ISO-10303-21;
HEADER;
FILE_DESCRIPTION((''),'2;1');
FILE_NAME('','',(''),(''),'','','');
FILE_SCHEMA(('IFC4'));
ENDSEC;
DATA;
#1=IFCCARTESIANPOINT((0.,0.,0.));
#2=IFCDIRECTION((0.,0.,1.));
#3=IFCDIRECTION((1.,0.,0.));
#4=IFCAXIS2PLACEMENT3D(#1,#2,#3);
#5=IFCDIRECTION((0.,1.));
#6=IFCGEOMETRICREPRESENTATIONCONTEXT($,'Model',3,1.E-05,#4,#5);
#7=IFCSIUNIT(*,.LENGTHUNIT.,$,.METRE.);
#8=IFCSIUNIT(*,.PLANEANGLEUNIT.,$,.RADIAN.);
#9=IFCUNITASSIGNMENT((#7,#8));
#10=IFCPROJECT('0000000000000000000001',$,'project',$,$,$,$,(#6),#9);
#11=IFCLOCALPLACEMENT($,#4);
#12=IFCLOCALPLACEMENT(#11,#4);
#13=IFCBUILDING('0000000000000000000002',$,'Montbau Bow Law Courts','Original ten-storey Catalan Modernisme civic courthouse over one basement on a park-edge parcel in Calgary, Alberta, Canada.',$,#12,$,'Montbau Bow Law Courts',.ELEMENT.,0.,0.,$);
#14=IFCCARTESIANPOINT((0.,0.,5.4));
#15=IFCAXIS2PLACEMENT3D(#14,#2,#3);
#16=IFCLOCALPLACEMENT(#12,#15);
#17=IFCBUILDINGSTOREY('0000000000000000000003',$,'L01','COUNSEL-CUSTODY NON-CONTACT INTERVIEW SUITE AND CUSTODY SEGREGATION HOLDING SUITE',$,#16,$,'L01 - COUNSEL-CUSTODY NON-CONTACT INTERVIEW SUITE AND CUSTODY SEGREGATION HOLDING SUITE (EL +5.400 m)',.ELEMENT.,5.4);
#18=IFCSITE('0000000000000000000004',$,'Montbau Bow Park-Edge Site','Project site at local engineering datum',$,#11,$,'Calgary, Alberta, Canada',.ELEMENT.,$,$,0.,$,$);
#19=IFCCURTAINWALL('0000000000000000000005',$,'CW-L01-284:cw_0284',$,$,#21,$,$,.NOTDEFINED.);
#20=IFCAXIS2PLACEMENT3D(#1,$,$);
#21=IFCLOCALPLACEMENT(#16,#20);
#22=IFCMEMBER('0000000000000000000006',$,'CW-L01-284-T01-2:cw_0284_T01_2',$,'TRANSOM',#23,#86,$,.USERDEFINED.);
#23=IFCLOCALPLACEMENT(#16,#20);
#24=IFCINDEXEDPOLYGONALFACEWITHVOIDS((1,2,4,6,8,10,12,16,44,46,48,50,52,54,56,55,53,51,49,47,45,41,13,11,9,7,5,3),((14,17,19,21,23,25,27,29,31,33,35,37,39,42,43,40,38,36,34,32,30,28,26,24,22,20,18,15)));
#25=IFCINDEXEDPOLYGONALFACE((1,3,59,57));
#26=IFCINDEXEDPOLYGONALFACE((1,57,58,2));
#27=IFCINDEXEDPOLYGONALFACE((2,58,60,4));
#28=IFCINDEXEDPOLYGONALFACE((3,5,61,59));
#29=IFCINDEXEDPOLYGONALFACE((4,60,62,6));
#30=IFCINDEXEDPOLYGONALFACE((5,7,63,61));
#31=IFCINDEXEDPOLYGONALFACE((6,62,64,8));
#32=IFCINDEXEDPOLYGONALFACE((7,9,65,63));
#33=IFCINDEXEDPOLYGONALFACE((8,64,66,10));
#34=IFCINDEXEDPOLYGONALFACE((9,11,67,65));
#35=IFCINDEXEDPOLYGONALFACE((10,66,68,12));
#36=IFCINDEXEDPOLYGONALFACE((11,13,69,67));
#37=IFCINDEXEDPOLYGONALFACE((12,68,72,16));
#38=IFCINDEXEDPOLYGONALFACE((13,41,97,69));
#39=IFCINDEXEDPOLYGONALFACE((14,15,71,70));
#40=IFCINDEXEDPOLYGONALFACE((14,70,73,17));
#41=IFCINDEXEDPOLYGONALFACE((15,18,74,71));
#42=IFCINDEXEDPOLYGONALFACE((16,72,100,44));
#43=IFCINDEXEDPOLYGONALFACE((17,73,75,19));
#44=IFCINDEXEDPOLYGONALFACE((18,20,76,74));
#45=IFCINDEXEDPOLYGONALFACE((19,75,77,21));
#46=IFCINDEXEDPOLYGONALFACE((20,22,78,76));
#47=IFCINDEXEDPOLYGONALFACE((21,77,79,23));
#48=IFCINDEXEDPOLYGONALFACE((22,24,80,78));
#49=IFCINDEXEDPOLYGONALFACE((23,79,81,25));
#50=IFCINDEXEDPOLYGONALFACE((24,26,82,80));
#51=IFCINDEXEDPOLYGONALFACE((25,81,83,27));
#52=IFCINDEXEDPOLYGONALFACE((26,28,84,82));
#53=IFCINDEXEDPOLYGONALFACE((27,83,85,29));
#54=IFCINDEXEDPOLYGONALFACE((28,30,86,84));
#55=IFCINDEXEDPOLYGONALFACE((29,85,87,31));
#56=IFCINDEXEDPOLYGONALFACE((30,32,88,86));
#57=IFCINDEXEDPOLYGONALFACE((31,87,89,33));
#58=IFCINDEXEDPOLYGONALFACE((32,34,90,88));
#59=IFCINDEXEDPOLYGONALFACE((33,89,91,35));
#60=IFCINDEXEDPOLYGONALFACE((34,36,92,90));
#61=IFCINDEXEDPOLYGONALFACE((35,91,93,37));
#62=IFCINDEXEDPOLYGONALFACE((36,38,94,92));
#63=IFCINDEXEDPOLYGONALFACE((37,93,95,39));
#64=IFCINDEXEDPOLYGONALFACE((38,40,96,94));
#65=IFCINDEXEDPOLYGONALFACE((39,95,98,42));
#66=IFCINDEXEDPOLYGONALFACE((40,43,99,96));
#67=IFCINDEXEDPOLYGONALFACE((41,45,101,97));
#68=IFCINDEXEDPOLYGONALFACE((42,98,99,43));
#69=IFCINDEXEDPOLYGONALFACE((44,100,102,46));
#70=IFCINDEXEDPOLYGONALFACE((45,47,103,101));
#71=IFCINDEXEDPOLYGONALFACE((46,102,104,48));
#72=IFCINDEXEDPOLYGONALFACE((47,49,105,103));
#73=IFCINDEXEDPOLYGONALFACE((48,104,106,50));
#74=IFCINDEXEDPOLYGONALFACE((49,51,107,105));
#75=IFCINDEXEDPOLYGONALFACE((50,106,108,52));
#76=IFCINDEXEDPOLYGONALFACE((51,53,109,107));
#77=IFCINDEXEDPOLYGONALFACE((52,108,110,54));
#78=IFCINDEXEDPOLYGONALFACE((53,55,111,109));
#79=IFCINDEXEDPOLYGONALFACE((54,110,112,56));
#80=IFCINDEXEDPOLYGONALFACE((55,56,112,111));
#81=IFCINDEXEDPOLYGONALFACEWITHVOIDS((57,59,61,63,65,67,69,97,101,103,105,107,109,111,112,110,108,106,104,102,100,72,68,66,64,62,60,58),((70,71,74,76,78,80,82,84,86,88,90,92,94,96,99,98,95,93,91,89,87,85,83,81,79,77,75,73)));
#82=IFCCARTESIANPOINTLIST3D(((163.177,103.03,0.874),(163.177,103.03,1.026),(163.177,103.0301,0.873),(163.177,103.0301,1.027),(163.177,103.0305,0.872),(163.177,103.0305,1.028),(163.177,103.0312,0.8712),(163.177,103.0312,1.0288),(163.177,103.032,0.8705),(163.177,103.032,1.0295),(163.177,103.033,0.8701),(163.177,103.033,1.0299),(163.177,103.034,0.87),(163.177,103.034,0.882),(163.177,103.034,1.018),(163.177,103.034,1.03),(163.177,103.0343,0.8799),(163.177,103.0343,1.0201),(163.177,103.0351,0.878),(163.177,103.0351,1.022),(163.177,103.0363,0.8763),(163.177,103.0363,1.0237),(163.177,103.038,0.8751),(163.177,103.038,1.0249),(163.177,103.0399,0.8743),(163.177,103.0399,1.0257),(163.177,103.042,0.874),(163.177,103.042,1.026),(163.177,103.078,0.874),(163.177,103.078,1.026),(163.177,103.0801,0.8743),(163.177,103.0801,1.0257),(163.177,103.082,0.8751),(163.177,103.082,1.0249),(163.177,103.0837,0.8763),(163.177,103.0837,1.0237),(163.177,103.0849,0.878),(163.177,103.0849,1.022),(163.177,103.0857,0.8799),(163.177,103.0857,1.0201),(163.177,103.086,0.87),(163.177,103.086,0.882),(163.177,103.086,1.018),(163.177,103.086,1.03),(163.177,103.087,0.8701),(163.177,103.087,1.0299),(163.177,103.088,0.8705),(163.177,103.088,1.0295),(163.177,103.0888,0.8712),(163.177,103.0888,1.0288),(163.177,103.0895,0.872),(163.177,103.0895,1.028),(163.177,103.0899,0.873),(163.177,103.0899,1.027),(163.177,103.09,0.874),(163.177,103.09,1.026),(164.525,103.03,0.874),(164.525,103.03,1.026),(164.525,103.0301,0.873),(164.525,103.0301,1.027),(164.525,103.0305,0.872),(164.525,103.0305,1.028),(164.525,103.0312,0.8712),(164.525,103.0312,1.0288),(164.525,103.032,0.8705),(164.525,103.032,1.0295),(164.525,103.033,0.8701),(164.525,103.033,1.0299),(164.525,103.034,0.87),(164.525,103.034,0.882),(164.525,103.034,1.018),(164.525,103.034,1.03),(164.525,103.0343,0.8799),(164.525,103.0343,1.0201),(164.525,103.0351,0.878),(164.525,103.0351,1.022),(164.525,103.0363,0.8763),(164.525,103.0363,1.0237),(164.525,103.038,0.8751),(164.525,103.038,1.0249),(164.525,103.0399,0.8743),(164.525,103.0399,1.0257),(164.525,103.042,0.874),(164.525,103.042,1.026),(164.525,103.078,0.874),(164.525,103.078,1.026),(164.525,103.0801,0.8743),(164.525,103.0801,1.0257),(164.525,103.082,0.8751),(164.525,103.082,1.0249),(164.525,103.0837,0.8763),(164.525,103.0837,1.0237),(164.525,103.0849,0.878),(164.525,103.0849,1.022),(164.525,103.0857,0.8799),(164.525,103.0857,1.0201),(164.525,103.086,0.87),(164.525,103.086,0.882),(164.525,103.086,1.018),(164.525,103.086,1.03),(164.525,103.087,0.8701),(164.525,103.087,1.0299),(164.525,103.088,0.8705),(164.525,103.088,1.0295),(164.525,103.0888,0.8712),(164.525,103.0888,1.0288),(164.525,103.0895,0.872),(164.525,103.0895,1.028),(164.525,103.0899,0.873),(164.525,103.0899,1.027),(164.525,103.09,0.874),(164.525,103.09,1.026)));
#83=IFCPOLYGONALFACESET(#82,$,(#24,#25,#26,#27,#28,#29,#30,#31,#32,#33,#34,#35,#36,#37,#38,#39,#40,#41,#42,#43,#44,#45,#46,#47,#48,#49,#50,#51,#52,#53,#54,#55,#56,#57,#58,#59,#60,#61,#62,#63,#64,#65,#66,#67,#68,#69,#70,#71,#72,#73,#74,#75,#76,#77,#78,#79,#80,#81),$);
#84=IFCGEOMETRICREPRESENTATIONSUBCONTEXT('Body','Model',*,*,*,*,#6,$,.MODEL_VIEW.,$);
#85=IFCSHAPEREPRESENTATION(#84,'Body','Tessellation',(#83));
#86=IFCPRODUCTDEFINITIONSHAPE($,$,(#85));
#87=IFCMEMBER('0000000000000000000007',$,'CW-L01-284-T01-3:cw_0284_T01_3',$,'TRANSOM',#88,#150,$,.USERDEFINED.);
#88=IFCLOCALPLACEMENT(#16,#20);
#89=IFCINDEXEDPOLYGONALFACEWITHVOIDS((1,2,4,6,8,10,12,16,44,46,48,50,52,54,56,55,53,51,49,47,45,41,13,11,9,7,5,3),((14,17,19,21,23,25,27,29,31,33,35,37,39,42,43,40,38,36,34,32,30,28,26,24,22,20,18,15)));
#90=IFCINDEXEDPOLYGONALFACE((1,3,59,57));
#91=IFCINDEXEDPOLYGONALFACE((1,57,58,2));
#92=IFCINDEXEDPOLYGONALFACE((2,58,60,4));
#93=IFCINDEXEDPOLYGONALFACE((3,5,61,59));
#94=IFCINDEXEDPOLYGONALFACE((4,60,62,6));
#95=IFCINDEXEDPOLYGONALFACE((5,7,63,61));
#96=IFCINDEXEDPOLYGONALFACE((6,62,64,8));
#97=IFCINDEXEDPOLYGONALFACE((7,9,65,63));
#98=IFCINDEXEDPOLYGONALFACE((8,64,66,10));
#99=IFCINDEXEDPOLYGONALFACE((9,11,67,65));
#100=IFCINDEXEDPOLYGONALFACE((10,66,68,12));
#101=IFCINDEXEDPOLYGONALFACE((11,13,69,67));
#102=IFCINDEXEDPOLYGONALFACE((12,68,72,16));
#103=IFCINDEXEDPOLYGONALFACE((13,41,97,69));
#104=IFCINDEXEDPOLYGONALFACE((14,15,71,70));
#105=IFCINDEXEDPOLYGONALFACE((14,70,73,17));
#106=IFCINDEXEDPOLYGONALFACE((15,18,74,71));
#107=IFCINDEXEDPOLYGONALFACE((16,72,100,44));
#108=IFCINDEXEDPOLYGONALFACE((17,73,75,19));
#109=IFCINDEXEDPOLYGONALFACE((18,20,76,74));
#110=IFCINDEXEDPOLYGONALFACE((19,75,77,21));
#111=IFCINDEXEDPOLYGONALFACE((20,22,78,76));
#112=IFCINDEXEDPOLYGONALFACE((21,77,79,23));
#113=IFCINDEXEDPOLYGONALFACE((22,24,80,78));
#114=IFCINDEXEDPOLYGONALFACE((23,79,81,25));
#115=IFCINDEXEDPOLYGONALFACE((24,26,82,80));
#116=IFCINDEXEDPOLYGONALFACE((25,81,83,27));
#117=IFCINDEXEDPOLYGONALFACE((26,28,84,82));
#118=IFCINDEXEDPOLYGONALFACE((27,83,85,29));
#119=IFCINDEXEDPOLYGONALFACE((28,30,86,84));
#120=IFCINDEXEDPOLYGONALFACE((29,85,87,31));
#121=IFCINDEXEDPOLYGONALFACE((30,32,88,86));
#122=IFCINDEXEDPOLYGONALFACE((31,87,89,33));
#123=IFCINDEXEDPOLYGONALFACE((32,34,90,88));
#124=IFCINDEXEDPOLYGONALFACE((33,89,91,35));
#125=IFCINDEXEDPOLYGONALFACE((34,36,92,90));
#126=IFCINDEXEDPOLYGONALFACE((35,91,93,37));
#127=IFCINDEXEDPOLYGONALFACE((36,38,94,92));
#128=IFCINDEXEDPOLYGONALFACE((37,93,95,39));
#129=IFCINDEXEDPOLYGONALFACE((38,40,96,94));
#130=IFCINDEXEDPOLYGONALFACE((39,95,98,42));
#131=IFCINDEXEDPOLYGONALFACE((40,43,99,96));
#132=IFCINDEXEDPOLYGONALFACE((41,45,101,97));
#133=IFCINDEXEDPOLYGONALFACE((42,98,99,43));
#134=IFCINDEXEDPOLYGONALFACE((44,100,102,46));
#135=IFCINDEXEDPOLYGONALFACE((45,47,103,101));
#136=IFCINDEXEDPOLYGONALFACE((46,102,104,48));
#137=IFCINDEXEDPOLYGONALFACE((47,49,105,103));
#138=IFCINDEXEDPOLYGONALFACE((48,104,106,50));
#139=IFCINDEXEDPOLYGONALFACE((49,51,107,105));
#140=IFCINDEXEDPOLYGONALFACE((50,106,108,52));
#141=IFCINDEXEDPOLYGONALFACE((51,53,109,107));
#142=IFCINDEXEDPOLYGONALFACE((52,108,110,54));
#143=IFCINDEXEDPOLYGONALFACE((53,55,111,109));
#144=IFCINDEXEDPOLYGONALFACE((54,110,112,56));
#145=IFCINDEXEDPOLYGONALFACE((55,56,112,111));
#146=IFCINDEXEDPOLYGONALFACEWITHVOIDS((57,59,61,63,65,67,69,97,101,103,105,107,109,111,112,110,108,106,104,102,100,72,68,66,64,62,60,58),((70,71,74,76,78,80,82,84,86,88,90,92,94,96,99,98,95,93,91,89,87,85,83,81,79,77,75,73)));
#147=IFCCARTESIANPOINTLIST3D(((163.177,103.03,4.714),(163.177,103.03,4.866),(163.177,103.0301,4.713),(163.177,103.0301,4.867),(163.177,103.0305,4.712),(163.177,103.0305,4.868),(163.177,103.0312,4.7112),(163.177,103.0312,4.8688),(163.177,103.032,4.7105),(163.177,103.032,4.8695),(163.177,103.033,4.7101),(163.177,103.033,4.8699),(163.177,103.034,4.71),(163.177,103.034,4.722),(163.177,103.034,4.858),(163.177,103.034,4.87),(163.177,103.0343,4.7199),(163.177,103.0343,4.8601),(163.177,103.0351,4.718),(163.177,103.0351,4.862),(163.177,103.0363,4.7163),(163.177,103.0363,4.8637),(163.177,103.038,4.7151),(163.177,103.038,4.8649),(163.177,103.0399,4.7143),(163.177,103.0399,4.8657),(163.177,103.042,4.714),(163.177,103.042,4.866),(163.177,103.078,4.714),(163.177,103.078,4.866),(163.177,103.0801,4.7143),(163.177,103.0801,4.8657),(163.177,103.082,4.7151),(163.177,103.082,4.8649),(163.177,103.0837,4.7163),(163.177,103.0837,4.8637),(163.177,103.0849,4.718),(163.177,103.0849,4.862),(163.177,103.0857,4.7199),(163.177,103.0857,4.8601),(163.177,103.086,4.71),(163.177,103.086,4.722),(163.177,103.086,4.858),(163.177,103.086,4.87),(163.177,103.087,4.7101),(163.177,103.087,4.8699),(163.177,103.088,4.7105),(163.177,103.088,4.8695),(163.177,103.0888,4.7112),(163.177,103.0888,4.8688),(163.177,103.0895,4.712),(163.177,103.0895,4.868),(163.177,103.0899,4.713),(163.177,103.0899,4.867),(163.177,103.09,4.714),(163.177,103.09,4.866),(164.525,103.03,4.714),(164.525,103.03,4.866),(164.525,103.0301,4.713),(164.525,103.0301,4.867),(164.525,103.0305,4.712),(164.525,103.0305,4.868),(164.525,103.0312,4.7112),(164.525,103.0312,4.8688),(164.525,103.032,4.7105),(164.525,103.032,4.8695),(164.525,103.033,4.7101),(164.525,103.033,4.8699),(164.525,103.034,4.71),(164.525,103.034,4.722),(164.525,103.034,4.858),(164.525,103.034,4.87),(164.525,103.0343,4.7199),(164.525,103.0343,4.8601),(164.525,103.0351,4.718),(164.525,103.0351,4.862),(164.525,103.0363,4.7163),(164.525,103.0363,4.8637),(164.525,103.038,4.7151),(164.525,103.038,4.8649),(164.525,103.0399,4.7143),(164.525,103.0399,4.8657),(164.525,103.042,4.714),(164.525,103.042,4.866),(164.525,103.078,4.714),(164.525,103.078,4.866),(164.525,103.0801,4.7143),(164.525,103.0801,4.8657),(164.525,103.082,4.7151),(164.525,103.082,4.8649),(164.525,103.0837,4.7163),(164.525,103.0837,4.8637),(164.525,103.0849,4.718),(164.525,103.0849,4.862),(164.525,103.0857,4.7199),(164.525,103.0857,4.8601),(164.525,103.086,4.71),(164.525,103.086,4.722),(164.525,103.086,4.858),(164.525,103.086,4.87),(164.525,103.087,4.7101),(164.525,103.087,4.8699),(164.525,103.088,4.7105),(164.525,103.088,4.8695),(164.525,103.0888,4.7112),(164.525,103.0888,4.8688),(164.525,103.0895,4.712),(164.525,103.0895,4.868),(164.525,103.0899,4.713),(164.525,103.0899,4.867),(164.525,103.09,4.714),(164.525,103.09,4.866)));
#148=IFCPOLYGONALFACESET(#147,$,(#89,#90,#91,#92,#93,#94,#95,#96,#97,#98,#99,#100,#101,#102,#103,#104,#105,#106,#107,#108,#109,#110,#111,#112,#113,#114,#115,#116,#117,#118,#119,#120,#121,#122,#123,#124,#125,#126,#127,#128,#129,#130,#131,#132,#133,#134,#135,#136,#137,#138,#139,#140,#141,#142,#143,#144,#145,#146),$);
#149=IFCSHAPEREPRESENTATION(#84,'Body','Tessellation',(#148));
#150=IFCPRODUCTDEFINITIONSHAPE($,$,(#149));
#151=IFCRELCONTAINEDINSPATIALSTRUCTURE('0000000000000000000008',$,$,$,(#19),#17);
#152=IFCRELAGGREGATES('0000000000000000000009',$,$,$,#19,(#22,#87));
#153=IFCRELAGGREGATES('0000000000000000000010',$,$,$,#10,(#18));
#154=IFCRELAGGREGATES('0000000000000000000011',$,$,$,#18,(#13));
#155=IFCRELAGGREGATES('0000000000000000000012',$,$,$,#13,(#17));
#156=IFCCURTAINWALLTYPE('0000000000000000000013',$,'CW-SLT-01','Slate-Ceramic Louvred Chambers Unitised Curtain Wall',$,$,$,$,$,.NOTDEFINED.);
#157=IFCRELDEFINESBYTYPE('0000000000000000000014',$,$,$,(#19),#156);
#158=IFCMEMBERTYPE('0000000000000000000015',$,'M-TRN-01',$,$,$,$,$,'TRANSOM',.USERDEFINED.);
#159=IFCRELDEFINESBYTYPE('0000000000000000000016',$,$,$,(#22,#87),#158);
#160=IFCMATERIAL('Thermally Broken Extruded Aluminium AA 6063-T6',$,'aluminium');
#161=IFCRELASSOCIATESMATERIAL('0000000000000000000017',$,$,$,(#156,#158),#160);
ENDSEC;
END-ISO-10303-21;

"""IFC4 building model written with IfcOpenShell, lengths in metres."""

from ifc_helpers import new_model, si_unit, direction, frame, origin_with_axes, origin_2d_with_axis, place, context, subcontext, project, spatial, hollow_rectangle, extrude, material, material_profile, profile_set, type_object, element, aggregate, save


model = new_model("IFC4")

# Units and contexts
model_context = context("Model", 3, precision=1e-05, world=origin_with_axes(), true_north=direction((0.0, 1.0)))
body_context = subcontext(model_context, "Body", "Model", "MODEL_VIEW")
ifc_project = project(units=[si_unit("LENGTHUNIT", "METRE"), si_unit("PLANEANGLEUNIT", "RADIAN")], contexts=[model_context])

# Site, building, storey
site_placement = place(None, origin_with_axes())
site = spatial("IfcSite", under=ifc_project, at=site_placement, Name="Montbau Bow Park-Edge Site", Description="Project site at local engineering datum", LongName="Calgary, Alberta, Canada", CompositionType="ELEMENT", RefElevation=0.0)
building_placement = place(site_placement, origin_with_axes())
building = spatial("IfcBuilding", under=site, at=building_placement, Name="Montbau Bow Law Courts", Description="Original ten-storey Catalan Modernisme civic courthouse over one basement on a park-edge parcel in Calgary, Alberta, Canada.", LongName="Montbau Bow Law Courts", CompositionType="ELEMENT", ElevationOfRefHeight=0.0, ElevationOfTerrain=0.0)
storey_placement = place(building_placement, frame((0.0, 0.0, 5.4), z_axis=(0.0, 0.0, 1.0), x_axis=(1.0, 0.0, 0.0)))
storey = spatial("IfcBuildingStorey", under=building, at=storey_placement, Name="L01", Description="COUNSEL-CUSTODY NON-CONTACT INTERVIEW SUITE AND CUSTODY SEGREGATION HOLDING SUITE", LongName="L01 - COUNSEL-CUSTODY NON-CONTACT INTERVIEW SUITE AND CUSTODY SEGREGATION HOLDING SUITE (EL +5.400 m)", CompositionType="ELEMENT", Elevation=5.4)

# Shared definitions
ifc_material_1 = material(Name="Thermally Broken Extruded Aluminium AA 6063-T6", Category="aluminium")
curtain_wall_type = type_object("IfcCurtainWallType", Name="CW-SLT-01", Description="Slate-Ceramic Louvred Chambers Unitised Curtain Wall", PredefinedType="NOTDEFINED", material=ifc_material_1)

# Curtain wall, members
curtain_wall_1_placement = place(None, frame((163.115, 103.06, 5.4), z_axis=(0.0, 0.0, 1.0), x_axis=(1.0, 0.0, 0.0)))
curtain_wall_1 = element("IfcCurtainWall", 1, at=curtain_wall_1_placement, inside=storey, type_object=curtain_wall_type, Name="CW-L01-284:cw_0284", PredefinedType="NOTDEFINED")
ifc_material_profile_1 = material_profile(ifc_material_1, hollow_rectangle(XDim=0.06, YDim=0.16, WallThickness=0.004, InnerFilletRadius=0.008, OuterFilletRadius=0.004, at=origin_2d_with_axis()), Name="CWT-160X60", Category="Main", Priority=0)
ifc_profile_set_1 = profile_set([ifc_material_profile_1], Name="Thermally Broken Extruded Aluminium AA 6063-T6")
member_type_1 = type_object("IfcMemberType", Name="M-TRN-01", ElementType="TRANSOM", PredefinedType="USERDEFINED", material=ifc_profile_set_1)
member_1_placement = place(None, frame((163.177, 103.06, 6.35), z_axis=(1.0, 0.0, 0.0), x_axis=(0.0, 1.0, 0.0)))
member_1 = element("IfcMember", 2, at=member_1_placement, type_object=member_type_1, Name="CW-L01-284-T01-2:cw_0284_T01_2", ObjectType="TRANSOM", PredefinedType="USERDEFINED", context=body_context, shape_type="SweptSolid", body=[
    extrude(hollow_rectangle(XDim=0.06, YDim=0.16, WallThickness=0.004, InnerFilletRadius=0.008, OuterFilletRadius=0.004, at=origin_2d_with_axis()), origin_with_axes(), (0.0, 0.0, 1.0), 1.348),
])
member_2_placement = place(None, frame((163.177, 103.06, 10.19), z_axis=(1.0, 0.0, 0.0), x_axis=(0.0, 1.0, 0.0)))
member_2 = element("IfcMember", 3, at=member_2_placement, type_object=member_type_1, Name="CW-L01-284-T01-3:cw_0284_T01_3", ObjectType="TRANSOM", PredefinedType="USERDEFINED", context=body_context, shape_type="SweptSolid", body=[
    extrude(hollow_rectangle(XDim=0.06, YDim=0.16, WallThickness=0.004, InnerFilletRadius=0.008, OuterFilletRadius=0.004, at=origin_2d_with_axis()), origin_with_axes(), (0.0, 0.0, 1.0), 1.348),
])

aggregate(curtain_wall_1, [member_1, member_2])

save(model, "model.ifc")
